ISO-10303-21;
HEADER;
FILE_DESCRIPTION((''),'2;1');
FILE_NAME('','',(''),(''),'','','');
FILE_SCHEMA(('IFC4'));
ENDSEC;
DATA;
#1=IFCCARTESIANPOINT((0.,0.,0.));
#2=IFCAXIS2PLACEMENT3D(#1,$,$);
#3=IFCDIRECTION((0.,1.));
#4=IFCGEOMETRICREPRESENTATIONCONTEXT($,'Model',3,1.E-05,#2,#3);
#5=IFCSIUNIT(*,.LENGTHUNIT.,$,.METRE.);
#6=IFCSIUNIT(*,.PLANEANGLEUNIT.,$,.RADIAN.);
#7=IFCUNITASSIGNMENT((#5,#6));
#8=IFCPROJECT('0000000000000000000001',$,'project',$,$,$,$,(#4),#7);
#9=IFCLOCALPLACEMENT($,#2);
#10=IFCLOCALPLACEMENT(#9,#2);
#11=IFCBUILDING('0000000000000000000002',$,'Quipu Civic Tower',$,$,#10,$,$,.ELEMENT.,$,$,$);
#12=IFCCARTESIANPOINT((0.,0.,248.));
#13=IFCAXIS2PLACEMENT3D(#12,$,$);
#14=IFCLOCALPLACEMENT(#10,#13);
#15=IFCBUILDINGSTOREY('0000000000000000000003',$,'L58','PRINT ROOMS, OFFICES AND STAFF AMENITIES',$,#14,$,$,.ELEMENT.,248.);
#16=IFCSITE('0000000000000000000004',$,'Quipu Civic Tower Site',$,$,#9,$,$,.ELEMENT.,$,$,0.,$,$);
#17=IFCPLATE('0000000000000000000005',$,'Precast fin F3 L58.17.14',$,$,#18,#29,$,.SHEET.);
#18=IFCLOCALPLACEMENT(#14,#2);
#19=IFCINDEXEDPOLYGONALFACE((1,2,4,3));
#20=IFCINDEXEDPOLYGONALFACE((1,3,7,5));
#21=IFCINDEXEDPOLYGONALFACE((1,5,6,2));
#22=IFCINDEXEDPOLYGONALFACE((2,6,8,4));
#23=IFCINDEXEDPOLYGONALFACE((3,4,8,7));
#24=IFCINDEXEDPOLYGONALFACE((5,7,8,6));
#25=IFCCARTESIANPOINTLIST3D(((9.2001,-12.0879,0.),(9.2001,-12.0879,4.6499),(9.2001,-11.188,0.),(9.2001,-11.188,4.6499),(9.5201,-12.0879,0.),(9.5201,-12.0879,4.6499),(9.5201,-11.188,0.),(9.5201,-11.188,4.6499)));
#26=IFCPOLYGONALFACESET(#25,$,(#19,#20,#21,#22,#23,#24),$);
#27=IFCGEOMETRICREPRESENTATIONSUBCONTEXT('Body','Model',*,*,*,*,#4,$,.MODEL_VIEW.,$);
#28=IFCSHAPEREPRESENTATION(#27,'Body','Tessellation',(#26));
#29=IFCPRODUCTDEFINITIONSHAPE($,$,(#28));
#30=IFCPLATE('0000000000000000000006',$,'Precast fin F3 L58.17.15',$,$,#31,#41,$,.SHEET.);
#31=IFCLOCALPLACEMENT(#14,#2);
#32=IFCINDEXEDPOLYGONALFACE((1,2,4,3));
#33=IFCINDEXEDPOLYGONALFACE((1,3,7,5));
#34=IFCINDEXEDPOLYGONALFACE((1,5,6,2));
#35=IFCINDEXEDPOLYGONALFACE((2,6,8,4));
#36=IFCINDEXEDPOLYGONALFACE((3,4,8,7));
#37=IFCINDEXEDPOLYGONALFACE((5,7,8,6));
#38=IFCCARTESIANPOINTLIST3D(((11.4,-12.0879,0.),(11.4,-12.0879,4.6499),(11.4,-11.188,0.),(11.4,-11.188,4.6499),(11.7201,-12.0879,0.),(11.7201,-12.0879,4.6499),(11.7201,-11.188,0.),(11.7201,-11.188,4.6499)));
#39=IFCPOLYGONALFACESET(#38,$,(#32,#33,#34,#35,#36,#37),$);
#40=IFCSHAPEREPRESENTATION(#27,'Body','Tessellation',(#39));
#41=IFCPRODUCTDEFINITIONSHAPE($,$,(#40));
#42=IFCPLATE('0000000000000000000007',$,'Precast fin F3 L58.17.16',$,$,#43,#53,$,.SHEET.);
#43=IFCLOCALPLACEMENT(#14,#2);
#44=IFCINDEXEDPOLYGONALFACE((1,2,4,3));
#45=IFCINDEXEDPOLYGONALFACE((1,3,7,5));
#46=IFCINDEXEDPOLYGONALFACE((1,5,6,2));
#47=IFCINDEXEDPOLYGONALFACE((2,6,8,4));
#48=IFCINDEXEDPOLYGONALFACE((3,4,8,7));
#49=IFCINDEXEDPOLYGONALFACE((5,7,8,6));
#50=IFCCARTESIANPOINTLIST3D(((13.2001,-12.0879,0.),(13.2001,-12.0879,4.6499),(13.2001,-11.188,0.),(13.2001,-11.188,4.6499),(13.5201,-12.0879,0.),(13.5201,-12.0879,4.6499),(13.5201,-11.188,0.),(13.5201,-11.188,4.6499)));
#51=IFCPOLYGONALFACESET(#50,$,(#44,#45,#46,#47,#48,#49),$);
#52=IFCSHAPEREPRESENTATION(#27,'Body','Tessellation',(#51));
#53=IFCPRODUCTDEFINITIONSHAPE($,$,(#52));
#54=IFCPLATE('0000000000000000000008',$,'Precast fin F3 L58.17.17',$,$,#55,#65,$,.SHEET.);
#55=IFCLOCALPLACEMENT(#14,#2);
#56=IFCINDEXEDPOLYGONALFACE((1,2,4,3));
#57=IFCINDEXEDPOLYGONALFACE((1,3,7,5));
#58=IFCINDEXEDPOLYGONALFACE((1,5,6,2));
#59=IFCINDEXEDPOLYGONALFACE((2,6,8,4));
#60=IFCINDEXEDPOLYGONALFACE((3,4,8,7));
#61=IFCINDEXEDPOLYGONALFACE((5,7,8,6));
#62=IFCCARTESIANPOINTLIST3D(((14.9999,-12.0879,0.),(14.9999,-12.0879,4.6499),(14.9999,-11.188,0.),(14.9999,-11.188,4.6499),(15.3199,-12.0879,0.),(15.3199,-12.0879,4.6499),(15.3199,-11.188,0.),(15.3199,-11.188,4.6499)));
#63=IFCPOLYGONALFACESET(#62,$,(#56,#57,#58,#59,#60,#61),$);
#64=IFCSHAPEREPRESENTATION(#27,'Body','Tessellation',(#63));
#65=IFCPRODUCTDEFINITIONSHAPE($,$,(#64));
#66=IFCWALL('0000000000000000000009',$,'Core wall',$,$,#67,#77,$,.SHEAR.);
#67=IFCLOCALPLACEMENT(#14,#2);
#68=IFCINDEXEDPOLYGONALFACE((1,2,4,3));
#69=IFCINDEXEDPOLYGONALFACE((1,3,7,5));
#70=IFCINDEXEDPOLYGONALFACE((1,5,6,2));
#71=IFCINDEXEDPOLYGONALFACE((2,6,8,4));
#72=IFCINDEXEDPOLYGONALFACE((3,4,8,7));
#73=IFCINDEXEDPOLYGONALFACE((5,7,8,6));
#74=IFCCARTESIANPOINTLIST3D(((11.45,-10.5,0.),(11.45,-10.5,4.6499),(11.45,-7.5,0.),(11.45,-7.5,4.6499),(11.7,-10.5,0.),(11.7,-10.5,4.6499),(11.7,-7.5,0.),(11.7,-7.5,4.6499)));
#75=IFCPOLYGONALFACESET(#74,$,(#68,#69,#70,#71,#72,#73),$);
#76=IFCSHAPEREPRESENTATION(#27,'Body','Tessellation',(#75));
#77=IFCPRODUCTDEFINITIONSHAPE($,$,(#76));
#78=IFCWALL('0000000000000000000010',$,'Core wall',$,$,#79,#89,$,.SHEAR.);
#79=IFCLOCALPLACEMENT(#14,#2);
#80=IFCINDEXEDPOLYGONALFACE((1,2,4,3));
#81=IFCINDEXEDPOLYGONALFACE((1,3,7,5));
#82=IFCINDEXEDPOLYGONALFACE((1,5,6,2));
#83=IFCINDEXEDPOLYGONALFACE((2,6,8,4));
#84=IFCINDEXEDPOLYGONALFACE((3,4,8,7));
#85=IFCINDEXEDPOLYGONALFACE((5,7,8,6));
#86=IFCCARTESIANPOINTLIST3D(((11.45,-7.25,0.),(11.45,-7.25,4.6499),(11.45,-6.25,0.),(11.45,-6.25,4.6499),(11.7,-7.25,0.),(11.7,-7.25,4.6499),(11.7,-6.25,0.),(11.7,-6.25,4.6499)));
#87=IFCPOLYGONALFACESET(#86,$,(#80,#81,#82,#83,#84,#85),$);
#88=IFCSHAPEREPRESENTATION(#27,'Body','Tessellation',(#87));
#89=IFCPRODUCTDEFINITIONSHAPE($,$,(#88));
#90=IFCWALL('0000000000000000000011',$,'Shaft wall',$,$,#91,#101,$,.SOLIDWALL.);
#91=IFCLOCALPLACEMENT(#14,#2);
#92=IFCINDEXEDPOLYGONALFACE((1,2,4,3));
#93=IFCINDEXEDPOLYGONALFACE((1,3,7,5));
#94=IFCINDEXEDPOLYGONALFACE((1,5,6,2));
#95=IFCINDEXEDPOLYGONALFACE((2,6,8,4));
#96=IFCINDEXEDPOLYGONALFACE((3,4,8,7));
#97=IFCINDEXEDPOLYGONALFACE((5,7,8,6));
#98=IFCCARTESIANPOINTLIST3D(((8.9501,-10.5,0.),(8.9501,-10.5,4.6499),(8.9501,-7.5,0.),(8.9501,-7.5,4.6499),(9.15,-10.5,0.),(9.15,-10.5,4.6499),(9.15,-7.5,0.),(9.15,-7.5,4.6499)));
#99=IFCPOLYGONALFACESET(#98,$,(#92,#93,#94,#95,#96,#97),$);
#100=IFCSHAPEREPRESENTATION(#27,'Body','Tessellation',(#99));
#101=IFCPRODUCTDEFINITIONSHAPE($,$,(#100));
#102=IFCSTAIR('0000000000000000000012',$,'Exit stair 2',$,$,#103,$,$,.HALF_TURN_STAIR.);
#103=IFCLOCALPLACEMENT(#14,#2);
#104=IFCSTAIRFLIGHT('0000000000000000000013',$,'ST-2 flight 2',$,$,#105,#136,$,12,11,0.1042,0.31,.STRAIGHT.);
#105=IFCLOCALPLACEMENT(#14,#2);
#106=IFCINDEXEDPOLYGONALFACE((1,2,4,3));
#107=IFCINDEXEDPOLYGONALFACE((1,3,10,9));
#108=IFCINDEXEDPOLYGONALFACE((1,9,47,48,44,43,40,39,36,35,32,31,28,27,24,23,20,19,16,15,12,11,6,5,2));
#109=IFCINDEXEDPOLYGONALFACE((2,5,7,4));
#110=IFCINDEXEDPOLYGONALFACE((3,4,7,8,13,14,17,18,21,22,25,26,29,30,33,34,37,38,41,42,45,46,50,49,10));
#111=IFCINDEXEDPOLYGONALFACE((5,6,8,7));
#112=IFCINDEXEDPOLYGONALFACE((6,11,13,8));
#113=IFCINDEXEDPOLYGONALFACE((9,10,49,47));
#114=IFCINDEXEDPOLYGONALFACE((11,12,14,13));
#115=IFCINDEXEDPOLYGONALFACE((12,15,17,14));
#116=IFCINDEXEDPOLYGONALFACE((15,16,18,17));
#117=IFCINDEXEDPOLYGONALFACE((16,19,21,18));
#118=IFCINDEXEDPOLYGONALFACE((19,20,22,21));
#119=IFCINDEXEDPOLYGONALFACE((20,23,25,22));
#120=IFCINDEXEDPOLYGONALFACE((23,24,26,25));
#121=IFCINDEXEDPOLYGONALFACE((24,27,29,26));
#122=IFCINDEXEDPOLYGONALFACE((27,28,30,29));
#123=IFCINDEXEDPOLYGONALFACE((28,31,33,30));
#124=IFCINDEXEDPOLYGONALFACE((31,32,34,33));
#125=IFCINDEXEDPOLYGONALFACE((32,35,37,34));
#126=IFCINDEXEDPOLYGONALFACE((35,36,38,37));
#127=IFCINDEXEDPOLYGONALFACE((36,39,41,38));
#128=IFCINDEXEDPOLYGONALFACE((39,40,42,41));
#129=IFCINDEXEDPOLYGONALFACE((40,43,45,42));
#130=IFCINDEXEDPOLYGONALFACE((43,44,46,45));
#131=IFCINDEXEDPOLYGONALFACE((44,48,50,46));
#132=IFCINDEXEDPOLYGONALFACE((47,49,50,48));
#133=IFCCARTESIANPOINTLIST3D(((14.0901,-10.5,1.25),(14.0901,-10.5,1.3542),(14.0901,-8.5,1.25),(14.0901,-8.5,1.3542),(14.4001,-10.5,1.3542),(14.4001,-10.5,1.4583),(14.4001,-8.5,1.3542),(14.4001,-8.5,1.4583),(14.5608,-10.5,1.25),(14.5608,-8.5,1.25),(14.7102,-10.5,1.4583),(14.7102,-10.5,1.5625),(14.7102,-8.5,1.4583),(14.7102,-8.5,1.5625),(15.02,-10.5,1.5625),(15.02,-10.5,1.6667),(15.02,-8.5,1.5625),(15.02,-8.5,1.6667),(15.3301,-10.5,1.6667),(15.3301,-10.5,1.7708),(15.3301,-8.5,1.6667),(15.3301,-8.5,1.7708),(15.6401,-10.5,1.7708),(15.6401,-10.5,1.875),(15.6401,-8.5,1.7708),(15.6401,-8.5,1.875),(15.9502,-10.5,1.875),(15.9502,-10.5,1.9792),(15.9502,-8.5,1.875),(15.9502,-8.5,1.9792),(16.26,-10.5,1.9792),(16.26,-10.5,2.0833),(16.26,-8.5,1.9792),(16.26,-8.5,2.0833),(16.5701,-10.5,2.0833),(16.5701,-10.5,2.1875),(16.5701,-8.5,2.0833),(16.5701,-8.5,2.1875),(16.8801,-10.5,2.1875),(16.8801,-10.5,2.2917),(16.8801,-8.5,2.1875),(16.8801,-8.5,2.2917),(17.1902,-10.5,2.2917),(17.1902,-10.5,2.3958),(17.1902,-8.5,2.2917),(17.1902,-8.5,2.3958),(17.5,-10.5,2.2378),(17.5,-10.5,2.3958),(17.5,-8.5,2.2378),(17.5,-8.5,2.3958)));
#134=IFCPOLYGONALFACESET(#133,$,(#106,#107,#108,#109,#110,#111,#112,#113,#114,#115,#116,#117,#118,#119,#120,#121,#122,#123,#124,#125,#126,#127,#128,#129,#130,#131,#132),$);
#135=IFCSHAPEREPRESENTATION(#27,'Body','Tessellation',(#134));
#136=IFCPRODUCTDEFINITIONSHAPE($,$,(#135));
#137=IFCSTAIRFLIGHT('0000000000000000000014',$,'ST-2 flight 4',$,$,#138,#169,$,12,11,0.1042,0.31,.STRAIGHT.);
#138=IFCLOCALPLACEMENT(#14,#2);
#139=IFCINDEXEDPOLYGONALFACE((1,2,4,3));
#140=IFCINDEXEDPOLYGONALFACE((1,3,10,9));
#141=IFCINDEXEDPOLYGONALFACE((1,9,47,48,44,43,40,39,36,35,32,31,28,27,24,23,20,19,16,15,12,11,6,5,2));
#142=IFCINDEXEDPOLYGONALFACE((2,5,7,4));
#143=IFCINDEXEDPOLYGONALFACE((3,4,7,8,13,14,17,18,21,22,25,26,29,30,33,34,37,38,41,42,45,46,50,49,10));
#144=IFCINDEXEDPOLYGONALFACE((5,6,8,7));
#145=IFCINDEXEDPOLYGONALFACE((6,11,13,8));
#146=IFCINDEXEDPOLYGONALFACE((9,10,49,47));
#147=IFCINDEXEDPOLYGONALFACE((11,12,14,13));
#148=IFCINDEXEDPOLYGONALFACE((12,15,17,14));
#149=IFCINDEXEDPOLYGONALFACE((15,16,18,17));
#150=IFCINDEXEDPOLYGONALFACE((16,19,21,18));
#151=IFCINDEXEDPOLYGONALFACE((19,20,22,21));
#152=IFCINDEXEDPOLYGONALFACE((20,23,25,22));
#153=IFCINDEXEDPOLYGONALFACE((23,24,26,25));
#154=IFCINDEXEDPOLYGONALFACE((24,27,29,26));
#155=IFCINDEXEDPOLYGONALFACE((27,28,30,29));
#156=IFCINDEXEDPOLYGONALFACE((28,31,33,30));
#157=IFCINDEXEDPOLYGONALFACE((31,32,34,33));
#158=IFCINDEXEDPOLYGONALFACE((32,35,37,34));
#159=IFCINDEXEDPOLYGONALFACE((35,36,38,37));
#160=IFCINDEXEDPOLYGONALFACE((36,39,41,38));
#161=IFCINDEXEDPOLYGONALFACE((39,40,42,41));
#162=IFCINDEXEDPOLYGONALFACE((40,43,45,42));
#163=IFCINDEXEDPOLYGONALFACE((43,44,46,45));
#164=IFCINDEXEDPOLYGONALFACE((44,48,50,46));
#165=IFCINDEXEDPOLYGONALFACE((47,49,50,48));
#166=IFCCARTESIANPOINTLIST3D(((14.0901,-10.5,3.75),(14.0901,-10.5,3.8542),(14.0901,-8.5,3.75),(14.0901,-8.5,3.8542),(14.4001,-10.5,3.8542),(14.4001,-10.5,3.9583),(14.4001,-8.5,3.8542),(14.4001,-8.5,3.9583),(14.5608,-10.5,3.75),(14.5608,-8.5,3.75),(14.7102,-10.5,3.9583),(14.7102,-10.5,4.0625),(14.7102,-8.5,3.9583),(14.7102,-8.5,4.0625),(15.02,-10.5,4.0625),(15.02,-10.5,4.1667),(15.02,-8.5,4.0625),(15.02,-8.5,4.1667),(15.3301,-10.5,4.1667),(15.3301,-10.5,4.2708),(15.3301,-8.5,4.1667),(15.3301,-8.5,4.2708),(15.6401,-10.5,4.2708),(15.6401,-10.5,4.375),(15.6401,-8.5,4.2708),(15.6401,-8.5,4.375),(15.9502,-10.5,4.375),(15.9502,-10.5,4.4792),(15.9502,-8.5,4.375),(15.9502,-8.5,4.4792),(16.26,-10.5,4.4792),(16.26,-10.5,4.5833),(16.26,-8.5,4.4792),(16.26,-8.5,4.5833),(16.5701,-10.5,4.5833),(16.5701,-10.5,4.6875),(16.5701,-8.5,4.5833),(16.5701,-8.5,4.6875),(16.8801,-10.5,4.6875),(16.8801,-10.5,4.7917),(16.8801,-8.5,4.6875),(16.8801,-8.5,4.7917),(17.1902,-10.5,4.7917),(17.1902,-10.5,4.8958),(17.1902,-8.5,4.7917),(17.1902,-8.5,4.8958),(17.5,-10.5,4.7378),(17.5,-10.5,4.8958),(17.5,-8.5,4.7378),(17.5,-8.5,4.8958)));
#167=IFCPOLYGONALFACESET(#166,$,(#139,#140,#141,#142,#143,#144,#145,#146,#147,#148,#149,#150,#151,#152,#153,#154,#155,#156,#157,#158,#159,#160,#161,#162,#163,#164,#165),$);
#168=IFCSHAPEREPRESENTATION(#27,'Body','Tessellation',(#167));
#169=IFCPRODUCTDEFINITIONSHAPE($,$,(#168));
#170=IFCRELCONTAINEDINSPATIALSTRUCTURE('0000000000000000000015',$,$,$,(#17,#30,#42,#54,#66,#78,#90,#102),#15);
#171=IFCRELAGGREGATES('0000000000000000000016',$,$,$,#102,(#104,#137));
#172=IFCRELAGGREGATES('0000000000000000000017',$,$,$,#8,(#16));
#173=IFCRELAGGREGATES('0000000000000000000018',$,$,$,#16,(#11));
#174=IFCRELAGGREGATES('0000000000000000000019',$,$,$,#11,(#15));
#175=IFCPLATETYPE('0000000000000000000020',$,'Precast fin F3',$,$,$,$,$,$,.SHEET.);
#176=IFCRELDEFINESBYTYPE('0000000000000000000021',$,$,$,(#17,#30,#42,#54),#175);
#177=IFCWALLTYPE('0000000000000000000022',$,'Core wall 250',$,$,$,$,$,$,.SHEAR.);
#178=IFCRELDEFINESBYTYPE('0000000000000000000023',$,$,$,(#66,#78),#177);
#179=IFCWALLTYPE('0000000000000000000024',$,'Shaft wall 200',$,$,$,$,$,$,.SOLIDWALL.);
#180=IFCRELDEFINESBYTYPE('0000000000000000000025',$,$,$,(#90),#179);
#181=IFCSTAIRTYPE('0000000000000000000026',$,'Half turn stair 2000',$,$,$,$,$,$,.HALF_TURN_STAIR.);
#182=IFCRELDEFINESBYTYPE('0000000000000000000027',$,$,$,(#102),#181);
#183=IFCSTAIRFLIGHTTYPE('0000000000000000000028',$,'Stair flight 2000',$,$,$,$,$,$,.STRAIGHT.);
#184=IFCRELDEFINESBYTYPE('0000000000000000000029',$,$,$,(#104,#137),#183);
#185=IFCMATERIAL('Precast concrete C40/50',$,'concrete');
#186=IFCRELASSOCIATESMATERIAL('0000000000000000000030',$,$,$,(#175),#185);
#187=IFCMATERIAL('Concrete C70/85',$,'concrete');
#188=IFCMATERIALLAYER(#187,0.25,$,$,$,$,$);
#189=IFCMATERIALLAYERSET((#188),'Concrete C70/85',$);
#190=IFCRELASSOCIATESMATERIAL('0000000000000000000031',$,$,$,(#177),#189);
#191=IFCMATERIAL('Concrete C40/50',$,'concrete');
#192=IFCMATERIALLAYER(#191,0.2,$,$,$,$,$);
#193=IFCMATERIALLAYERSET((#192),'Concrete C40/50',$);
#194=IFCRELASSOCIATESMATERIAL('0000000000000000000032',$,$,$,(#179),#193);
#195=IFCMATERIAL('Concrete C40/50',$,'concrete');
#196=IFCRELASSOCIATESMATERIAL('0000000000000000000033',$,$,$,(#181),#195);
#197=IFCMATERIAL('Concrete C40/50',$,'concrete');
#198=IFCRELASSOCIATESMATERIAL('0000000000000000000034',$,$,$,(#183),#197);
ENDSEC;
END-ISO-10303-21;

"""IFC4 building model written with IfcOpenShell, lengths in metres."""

from ifc_helpers import new_model, si_unit, direction, frame, frame_2d, origin, origin_2d, place, context, subcontext, project, spatial, polyline, rectangle, outline, extrude, material, layer, layer_set, type_object, element, aggregate, save


model = new_model("IFC4")

# Units and contexts
model_context = context("Model", 3, precision=1e-05, world=origin(), true_north=direction((0.0, 1.0)))
body_context = subcontext(model_context, "Body", "Model", "MODEL_VIEW")
ifc_project = project(units=[si_unit("LENGTHUNIT", "METRE"), si_unit("PLANEANGLEUNIT", "RADIAN")], contexts=[model_context])

# Site, building, storey
site_placement = place(None, origin())
site = spatial("IfcSite", under=ifc_project, at=site_placement, Name="Quipu Civic Tower Site", CompositionType="ELEMENT", RefElevation=0.0)
building_placement = place(site_placement, origin())
building = spatial("IfcBuilding", under=site, at=building_placement, Name="Quipu Civic Tower", CompositionType="ELEMENT")
storey_placement = place(building_placement, frame((0.0, 0.0, 248.0)))
storey = spatial("IfcBuildingStorey", under=building, at=storey_placement, Name="L58", Description="PRINT ROOMS, OFFICES AND STAFF AMENITIES", CompositionType="ELEMENT", Elevation=248.0)

# Plates
ifc_material_1 = material(Name="Precast concrete C40/50", Category="concrete")
plate_type = type_object("IfcPlateType", Name="Precast fin F3", PredefinedType="SHEET", material=ifc_material_1)
for number, where, z_axis, x_axis, name in (
    (1, (9.3601, -11.6379, 0.0), (0.0, 0.0, 1.0), (1.0, 0.0, 0.0), "Precast fin F3 L58.17.14"),
    (2, (11.5601, -11.6379, 0.0), (0.0, 0.0, 1.0), (1.0, 0.0, 0.0), "Precast fin F3 L58.17.15"),
    (3, (13.3601, -11.6379, 0.0), (0.0, 0.0, 1.0), (1.0, 0.0, 0.0), "Precast fin F3 L58.17.16"),
    (4, (15.1599, -11.6379, 0.0), (0.0, 0.0, 1.0), (1.0, 0.0, 0.0), "Precast fin F3 L58.17.17"),
):
    element("IfcPlate", number, at=place(storey_placement, frame(where, z_axis=z_axis, x_axis=x_axis)), inside=storey, type_object=plate_type, Name=name, PredefinedType="SHEET", context=body_context, shape_type="SweptSolid", body=[
        extrude(rectangle(XDim=0.3201, YDim=0.8999, at=origin_2d()), origin(), (0.0, 0.0, 1.0), 4.6499),
    ])

# Wall
ifc_material_2 = material(Name="Concrete C70/85", Category="concrete")
ifc_layer_1 = layer(ifc_material_2, 0.25)
ifc_layer_set_1 = layer_set([ifc_layer_1], Name="Concrete C70/85")
wall_type_1 = type_object("IfcWallType", Name="Core wall 250", PredefinedType="SHEAR", material=ifc_layer_set_1)
wall_1_placement = place(storey_placement, frame((11.575, -10.5, 0.0), z_axis=(0.0, 0.0, 1.0), x_axis=(0.0, 1.0, 0.0)))
element("IfcWall", 5, at=wall_1_placement, inside=storey, type_object=wall_type_1, Name="Core wall", PredefinedType="SHEAR", context=body_context, shape_type="SweptSolid", body=[
    extrude(rectangle(XDim=3.0, YDim=0.25, at=frame_2d((1.5, 0.0))), origin(), (0.0, 0.0, 1.0), 4.6499),
])

# Walls
wall_2_placement = place(storey_placement, frame((11.575, -7.25, 0.0), z_axis=(0.0, 0.0, 1.0), x_axis=(0.0, 1.0, 0.0)))
element("IfcWall", 6, at=wall_2_placement, inside=storey, type_object=wall_type_1, Name="Core wall", PredefinedType="SHEAR", context=body_context, shape_type="SweptSolid", body=[
    extrude(rectangle(XDim=1.0, YDim=0.25, at=frame_2d((0.5, 0.0))), origin(), (0.0, 0.0, 1.0), 4.6499),
])
ifc_material_3 = material(Name="Concrete C40/50", Category="concrete")
ifc_layer_2 = layer(ifc_material_3, 0.2)
ifc_layer_set_2 = layer_set([ifc_layer_2], Name="Concrete C40/50")
wall_type_2 = type_object("IfcWallType", Name="Shaft wall 200", PredefinedType="SOLIDWALL", material=ifc_layer_set_2)
wall_3_placement = place(storey_placement, frame((9.05, -10.5, 0.0), z_axis=(0.0, 0.0, 1.0), x_axis=(0.0, 1.0, 0.0)))
element("IfcWall", 7, at=wall_3_placement, inside=storey, type_object=wall_type_2, Name="Shaft wall", PredefinedType="SOLIDWALL", context=body_context, shape_type="SweptSolid", body=[
    extrude(rectangle(XDim=3.0, YDim=0.2, at=frame_2d((1.5, 0.0))), origin(), (0.0, 0.0, 1.0), 4.6499),
])

# Stair, stair flights
ifc_material_4 = material(Name="Concrete C40/50", Category="concrete")
stair_type = type_object("IfcStairType", Name="Half turn stair 2000", PredefinedType="HALF_TURN_STAIR", material=ifc_material_4)
stair_placement = place(storey_placement, origin())
stair = element("IfcStair", 8, at=stair_placement, inside=storey, type_object=stair_type, Name="Exit stair 2", PredefinedType="HALF_TURN_STAIR")
ifc_material_5 = material(Name="Concrete C40/50", Category="concrete")
stair_flight_type = type_object("IfcStairFlightType", Name="Stair flight 2000", PredefinedType="STRAIGHT", material=ifc_material_5)
stair_flight_1_placement = place(storey_placement, frame((14.0901, -9.5, 1.25), z_axis=(0.0, 0.0, 1.0), x_axis=(1.0, 0.0, 0.0)))
stair_flight_1 = element("IfcStairFlight", 9, at=stair_flight_1_placement, type_object=stair_flight_type, Name="ST-2 flight 2", NumberOfRisers=12, NumberOfTreads=11, PredefinedType="STRAIGHT", RiserHeight=0.1042, TreadLength=0.31, context=body_context, shape_type="SweptSolid", body=[
    extrude(outline(polyline([(0.0, 0.0), (0.0, 0.1042), (0.3101, 0.1042), (0.3101, 0.2083), (0.6201, 0.2083), (0.6201, 0.3125), (0.9299, 0.3125), (0.9299, 0.4167), (1.24, 0.4167), (1.24, 0.5208), (1.55, 0.5208), (1.55, 0.625), (1.8601, 0.625), (1.8601, 0.7292), (2.1699, 0.7292), (2.1699, 0.8333), (2.48, 0.8333), (2.48, 0.9375), (2.79, 0.9375), (2.79, 1.0417), (3.1001, 1.0417), (3.1001, 1.1458), (3.4099, 1.1458), (3.4099, 1.25), (3.4099, 0.9878), (0.4707, 0.0), (0.0, 0.0)])), frame((0.0, 1.0, 0.0), z_axis=(0.0, -1.0, 0.0), x_axis=(1.0, 0.0, 0.0)), (0.0, 0.0, 1.0), 2.0),
])
stair_flight_2_placement = place(storey_placement, frame((14.0901, -9.5, 3.75), z_axis=(0.0, 0.0, 1.0), x_axis=(1.0, 0.0, 0.0)))
stair_flight_2 = element("IfcStairFlight", 10, at=stair_flight_2_placement, type_object=stair_flight_type, Name="ST-2 flight 4", NumberOfRisers=12, NumberOfTreads=11, PredefinedType="STRAIGHT", RiserHeight=0.1042, TreadLength=0.31, context=body_context, shape_type="SweptSolid", body=[
    extrude(outline(polyline([(0.0, 0.0), (0.0, 0.1042), (0.3101, 0.1042), (0.3101, 0.2083), (0.6201, 0.2083), (0.6201, 0.3125), (0.9299, 0.3125), (0.9299, 0.4167), (1.24, 0.4167), (1.24, 0.5208), (1.55, 0.5208), (1.55, 0.625), (1.8601, 0.625), (1.8601, 0.7292), (2.1699, 0.7292), (2.1699, 0.8333), (2.48, 0.8333), (2.48, 0.9375), (2.79, 0.9375), (2.79, 1.0417), (3.1001, 1.0417), (3.1001, 1.1458), (3.4099, 1.1458), (3.4099, 1.25), (3.4099, 0.9878), (0.4707, 0.0), (0.0, 0.0)])), frame((0.0, 1.0, 0.0), z_axis=(0.0, -1.0, 0.0), x_axis=(1.0, 0.0, 0.0)), (0.0, 0.0, 1.0), 2.0),
])
aggregate(stair, [stair_flight_1, stair_flight_2])

save(model, "model.ifc")
